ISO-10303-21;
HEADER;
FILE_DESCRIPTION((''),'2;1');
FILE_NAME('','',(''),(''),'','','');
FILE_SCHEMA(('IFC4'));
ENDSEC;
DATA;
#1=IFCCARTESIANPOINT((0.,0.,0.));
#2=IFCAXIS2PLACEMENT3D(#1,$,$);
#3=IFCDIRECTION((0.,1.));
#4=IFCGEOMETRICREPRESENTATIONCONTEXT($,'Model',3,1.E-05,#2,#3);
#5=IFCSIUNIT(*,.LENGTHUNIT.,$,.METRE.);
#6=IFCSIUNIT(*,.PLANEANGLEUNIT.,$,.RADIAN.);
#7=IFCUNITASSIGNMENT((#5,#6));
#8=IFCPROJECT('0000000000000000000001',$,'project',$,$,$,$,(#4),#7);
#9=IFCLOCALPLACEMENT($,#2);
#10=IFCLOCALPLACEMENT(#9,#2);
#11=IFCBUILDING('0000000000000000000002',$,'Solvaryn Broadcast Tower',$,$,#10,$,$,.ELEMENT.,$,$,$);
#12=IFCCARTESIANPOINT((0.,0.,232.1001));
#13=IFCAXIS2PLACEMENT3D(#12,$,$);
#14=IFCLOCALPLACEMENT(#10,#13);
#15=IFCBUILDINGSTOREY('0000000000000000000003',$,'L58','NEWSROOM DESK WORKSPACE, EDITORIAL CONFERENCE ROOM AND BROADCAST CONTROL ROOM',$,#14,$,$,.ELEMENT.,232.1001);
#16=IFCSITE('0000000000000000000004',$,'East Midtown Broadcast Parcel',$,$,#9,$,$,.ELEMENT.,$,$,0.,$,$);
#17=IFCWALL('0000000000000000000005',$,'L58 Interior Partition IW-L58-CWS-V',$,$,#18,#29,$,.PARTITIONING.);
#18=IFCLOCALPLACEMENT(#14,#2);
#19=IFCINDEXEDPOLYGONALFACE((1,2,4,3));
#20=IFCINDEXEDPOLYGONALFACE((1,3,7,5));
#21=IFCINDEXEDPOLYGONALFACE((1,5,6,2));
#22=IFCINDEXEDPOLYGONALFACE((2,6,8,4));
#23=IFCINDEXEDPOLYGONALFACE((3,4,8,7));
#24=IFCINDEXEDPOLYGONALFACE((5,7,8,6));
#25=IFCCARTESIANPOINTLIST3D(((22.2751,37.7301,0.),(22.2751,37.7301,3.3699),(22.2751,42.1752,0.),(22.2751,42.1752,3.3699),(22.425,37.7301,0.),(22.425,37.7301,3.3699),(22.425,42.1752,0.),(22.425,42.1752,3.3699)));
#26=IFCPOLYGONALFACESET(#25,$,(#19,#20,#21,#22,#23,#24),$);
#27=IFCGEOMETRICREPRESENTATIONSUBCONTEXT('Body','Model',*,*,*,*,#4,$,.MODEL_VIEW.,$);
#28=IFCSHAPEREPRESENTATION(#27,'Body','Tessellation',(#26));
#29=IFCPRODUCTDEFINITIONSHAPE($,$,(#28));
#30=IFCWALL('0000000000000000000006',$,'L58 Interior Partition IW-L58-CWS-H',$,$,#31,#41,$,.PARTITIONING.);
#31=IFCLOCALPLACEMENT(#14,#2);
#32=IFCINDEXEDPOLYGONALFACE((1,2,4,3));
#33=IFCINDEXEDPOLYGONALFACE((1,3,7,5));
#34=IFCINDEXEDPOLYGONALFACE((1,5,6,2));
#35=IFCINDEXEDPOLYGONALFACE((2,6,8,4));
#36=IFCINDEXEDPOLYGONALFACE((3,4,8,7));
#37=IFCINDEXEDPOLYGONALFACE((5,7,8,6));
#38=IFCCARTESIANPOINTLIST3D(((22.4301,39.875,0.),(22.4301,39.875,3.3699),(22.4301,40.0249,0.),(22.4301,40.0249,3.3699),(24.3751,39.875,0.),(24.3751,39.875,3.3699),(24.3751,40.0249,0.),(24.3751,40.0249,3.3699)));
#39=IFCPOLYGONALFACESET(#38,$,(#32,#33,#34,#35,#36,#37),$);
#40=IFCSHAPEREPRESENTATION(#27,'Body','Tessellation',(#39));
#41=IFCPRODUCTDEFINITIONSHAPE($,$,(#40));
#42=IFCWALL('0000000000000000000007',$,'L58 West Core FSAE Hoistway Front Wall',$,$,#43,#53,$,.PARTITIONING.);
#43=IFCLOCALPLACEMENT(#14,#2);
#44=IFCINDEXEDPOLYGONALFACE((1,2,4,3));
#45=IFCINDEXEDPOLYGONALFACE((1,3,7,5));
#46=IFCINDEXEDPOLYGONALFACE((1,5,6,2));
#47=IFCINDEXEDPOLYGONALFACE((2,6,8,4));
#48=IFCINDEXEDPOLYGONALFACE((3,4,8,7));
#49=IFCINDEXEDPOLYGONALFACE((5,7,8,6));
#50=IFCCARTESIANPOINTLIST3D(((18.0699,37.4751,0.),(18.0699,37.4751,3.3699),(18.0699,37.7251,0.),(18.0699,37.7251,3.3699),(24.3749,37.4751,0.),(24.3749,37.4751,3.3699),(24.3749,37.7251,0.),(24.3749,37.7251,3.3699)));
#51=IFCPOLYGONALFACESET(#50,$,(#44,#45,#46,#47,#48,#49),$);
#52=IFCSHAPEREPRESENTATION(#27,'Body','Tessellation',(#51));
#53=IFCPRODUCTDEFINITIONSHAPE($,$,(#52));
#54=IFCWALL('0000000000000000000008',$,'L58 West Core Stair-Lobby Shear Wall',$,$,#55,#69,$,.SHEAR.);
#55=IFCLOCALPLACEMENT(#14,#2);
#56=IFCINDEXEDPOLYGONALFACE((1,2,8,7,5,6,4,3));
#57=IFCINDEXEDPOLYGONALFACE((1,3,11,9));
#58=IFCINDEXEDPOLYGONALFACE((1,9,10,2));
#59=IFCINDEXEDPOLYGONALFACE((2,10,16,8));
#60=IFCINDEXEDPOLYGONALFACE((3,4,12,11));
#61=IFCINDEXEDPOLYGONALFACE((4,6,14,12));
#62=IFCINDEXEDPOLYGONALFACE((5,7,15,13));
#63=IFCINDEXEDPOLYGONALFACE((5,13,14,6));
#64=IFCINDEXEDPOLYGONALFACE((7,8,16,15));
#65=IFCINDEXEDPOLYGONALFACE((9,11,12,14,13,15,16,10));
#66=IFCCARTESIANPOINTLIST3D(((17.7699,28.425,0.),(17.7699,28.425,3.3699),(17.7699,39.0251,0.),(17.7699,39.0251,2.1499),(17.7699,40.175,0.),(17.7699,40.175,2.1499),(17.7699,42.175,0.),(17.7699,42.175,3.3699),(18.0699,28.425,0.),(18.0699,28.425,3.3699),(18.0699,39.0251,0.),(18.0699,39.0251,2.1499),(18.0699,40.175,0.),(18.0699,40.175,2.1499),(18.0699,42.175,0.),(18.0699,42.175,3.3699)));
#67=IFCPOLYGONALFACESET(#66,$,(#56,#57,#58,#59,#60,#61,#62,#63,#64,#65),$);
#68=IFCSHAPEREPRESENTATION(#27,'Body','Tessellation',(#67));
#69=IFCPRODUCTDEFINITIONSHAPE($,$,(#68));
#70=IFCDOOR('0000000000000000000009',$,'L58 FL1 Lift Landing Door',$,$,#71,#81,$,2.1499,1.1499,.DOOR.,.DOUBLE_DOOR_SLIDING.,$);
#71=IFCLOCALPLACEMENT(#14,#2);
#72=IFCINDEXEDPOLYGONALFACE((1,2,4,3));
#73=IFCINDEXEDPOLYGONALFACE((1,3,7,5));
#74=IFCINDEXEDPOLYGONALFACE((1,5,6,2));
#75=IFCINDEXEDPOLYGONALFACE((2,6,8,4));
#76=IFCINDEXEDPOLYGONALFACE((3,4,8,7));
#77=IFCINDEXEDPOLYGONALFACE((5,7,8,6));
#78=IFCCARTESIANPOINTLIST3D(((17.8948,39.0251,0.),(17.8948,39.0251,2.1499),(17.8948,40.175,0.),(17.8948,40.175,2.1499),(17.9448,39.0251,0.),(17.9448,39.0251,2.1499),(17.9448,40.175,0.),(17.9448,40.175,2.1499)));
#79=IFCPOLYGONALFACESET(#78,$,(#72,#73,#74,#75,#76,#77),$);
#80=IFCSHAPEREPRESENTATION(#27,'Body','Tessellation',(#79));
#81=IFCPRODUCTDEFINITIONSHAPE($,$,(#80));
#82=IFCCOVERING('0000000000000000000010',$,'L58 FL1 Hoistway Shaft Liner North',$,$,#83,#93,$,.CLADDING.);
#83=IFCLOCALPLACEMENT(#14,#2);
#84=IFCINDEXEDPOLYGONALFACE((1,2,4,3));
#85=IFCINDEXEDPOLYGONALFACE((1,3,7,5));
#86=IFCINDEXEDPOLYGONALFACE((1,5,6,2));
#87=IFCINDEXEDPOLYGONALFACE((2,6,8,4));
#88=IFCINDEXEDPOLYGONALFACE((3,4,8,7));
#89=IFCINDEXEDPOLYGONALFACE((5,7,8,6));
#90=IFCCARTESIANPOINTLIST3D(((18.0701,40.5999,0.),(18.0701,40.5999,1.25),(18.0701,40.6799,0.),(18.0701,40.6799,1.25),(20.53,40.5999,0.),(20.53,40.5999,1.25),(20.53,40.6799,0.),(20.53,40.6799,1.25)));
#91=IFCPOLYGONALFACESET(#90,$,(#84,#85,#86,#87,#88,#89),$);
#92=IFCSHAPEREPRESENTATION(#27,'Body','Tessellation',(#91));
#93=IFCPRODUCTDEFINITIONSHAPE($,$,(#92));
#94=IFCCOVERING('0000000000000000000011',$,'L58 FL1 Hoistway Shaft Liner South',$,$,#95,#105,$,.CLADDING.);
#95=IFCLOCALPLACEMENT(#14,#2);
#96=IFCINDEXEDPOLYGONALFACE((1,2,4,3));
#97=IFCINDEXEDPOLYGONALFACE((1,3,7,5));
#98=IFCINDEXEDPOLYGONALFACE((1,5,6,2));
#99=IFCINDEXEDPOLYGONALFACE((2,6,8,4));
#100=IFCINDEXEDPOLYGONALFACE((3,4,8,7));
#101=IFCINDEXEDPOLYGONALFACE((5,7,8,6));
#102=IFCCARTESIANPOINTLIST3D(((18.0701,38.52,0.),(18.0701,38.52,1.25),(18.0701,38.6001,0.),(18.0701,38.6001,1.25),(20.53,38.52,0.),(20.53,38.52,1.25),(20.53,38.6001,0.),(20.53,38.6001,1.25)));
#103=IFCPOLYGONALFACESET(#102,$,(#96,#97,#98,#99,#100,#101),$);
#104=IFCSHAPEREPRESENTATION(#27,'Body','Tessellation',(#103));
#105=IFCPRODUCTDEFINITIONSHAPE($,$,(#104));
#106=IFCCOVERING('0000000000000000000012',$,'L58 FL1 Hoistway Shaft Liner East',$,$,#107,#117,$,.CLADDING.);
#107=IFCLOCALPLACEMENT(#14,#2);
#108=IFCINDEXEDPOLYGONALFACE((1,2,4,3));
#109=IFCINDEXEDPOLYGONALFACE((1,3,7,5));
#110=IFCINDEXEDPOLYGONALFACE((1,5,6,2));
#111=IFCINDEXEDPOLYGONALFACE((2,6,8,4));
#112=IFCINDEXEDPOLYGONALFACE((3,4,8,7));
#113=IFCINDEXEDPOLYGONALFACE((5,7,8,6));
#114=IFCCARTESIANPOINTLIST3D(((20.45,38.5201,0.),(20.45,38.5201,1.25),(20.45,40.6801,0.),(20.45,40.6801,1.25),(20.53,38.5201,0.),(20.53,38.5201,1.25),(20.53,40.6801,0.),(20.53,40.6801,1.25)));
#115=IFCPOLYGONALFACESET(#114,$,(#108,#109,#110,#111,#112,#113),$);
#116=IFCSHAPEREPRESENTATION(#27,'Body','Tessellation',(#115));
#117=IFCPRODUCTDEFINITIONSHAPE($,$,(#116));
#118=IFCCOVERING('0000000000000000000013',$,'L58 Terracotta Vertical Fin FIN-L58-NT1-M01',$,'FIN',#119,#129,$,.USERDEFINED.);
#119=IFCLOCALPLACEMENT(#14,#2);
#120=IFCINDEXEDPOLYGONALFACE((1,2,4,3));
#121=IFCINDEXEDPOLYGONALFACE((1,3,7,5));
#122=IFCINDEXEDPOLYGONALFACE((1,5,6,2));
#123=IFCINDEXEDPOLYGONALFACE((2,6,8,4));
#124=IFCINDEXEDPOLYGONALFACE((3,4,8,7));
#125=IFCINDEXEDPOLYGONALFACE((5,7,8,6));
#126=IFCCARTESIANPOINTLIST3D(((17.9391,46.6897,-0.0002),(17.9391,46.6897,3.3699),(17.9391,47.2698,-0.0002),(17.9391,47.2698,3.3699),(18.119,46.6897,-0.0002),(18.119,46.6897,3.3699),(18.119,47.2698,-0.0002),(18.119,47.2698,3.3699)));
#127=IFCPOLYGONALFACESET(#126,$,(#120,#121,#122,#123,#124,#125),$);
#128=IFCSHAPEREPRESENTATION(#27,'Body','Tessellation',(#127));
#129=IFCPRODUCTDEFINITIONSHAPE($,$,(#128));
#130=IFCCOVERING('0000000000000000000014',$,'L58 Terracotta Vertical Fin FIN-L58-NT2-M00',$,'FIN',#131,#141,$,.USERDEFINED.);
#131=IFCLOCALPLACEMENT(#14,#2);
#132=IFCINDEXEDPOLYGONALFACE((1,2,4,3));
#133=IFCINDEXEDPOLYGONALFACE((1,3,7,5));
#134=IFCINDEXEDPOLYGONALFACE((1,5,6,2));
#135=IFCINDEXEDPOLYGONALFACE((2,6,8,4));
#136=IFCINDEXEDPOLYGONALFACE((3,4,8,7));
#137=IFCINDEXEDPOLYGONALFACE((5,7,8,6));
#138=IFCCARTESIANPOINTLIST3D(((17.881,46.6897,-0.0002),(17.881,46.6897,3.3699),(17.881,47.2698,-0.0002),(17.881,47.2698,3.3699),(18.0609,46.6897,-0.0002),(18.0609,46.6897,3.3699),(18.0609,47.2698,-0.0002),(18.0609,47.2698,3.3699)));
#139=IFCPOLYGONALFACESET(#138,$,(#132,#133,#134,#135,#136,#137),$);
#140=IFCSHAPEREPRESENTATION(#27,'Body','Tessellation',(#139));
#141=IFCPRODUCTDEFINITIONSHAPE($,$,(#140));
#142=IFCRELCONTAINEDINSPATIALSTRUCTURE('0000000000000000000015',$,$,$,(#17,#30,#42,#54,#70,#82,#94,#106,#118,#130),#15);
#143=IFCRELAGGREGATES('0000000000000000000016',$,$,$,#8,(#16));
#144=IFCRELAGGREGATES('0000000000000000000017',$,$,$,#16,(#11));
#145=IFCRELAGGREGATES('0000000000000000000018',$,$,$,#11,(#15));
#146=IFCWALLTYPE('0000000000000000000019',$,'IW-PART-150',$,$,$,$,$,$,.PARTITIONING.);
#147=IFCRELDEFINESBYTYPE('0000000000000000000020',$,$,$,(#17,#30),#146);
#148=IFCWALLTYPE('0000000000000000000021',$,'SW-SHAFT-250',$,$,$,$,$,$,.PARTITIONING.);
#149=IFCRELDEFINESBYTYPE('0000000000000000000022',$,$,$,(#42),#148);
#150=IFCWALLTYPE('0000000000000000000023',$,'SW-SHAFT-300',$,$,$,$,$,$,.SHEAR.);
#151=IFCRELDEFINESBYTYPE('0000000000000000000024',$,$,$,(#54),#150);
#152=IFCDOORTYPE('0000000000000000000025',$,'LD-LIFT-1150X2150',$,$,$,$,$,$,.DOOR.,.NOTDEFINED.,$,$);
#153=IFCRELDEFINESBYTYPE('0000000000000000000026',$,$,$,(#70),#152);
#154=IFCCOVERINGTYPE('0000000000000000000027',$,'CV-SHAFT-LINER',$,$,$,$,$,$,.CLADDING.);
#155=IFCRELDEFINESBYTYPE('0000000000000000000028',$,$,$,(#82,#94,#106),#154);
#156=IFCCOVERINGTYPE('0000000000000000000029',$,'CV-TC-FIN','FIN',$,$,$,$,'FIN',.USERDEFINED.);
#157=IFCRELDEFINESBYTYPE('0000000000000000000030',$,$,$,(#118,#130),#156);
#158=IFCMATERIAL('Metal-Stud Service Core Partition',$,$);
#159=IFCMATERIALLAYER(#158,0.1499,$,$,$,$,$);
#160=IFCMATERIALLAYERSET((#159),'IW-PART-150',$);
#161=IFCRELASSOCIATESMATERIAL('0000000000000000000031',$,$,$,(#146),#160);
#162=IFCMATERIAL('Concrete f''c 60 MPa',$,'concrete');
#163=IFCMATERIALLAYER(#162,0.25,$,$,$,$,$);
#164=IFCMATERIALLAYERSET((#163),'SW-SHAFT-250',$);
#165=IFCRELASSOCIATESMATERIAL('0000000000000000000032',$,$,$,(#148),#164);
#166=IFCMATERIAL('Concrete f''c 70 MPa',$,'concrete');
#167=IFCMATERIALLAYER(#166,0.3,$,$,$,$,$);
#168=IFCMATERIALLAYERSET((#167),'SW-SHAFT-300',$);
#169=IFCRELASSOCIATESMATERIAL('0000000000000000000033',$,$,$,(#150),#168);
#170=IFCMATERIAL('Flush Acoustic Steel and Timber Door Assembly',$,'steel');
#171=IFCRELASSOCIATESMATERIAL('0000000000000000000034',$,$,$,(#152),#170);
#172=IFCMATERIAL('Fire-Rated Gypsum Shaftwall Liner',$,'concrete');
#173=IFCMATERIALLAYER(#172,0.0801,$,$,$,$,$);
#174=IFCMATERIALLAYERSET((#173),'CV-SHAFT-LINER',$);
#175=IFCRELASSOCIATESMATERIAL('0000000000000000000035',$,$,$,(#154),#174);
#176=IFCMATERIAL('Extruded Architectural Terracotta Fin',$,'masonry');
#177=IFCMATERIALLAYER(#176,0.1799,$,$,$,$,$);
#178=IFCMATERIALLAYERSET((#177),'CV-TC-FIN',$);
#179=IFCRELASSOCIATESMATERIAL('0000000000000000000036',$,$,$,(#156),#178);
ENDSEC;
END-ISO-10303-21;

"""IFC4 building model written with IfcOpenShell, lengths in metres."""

from ifc_helpers import new_model, si_unit, direction, frame, frame_2d, origin, origin_2d, place, context, subcontext, project, spatial, rectangle, extrude, material, layer, layer_set, type_object, element, fill, save


model = new_model("IFC4")

# Units and contexts
model_context = context("Model", 3, precision=1e-05, world=origin(), true_north=direction((0.0, 1.0)))
body_context = subcontext(model_context, "Body", "Model", "MODEL_VIEW")
ifc_project = project(units=[si_unit("LENGTHUNIT", "METRE"), si_unit("PLANEANGLEUNIT", "RADIAN")], contexts=[model_context])

# Site, building, storey
site_placement = place(None, origin())
site = spatial("IfcSite", under=ifc_project, at=site_placement, Name="East Midtown Broadcast Parcel", CompositionType="ELEMENT", RefElevation=0.0)
building_placement = place(site_placement, origin())
building = spatial("IfcBuilding", under=site, at=building_placement, Name="Solvaryn Broadcast Tower", CompositionType="ELEMENT")
storey_placement = place(building_placement, frame((0.0, 0.0, 232.1001)))
storey = spatial("IfcBuildingStorey", under=building, at=storey_placement, Name="L58", Description="NEWSROOM DESK WORKSPACE, EDITORIAL CONFERENCE ROOM AND BROADCAST CONTROL ROOM", CompositionType="ELEMENT", Elevation=232.1001)

# Walls
ifc_material_1 = material(Name="Metal-Stud Service Core Partition")
ifc_layer_1 = layer(ifc_material_1, 0.1499)
ifc_layer_set_1 = layer_set([ifc_layer_1], Name="IW-PART-150")
wall_type_1 = type_object("IfcWallType", Name="IW-PART-150", PredefinedType="PARTITIONING", material=ifc_layer_set_1)
wall_1_placement = place(storey_placement, frame((22.3501, 37.73, 0.0), z_axis=(0.0, 0.0, 1.0), x_axis=(0.0, 1.0, 0.0)))
element("IfcWall", 1, at=wall_1_placement, inside=storey, type_object=wall_type_1, Name="L58 Interior Partition IW-L58-CWS-V", PredefinedType="PARTITIONING", context=body_context, shape_type="SweptSolid", body=[
    extrude(rectangle(XDim=4.4451, YDim=0.1499, at=frame_2d((2.2227, 0.0))), origin(), (0.0, 0.0, 1.0), 3.3699),
])
wall_2_placement = place(storey_placement, frame((22.4299, 39.95, 0.0), z_axis=(0.0, 0.0, 1.0), x_axis=(1.0, 0.0, 0.0)))
element("IfcWall", 2, at=wall_2_placement, inside=storey, type_object=wall_type_1, Name="L58 Interior Partition IW-L58-CWS-H", PredefinedType="PARTITIONING", context=body_context, shape_type="SweptSolid", body=[
    extrude(rectangle(XDim=1.9451, YDim=0.1499, at=frame_2d((0.9727, 0.0))), origin(), (0.0, 0.0, 1.0), 3.3699),
])
ifc_material_2 = material(Name="Concrete f'c 60 MPa", Category="concrete")
ifc_layer_2 = layer(ifc_material_2, 0.25)
ifc_layer_set_2 = layer_set([ifc_layer_2], Name="SW-SHAFT-250")
wall_type_2 = type_object("IfcWallType", Name="SW-SHAFT-250", PredefinedType="PARTITIONING", material=ifc_layer_set_2)
wall_3_placement = place(storey_placement, frame((18.0701, 37.6001, 0.0), z_axis=(0.0, 0.0, 1.0), x_axis=(1.0, 0.0, 0.0)))
element("IfcWall", 3, at=wall_3_placement, inside=storey, type_object=wall_type_2, Name="L58 West Core FSAE Hoistway Front Wall", PredefinedType="PARTITIONING", context=body_context, shape_type="SweptSolid", body=[
    extrude(rectangle(XDim=6.3049, YDim=0.25, at=frame_2d((3.1523, 0.0))), origin(), (0.0, 0.0, 1.0), 3.3699),
])

# Wall, opening, door
ifc_material_3 = material(Name="Concrete f'c 70 MPa", Category="concrete")
ifc_layer_3 = layer(ifc_material_3, 0.3)
ifc_layer_set_3 = layer_set([ifc_layer_3], Name="SW-SHAFT-300")
wall_type_3 = type_object("IfcWallType", Name="SW-SHAFT-300", PredefinedType="SHEAR", material=ifc_layer_set_3)
wall_4_placement = place(storey_placement, frame((17.9199, 42.175, 0.0), z_axis=(0.0, 0.0, 1.0), x_axis=(0.0, -1.0, 0.0)))
wall_4 = element("IfcWall", 4, at=wall_4_placement, inside=storey, type_object=wall_type_3, Name="L58 West Core Stair-Lobby Shear Wall", PredefinedType="SHEAR", context=body_context, shape_type="SweptSolid", body=[
    extrude(rectangle(XDim=13.75, YDim=0.3, at=frame_2d((6.875, 0.0))), origin(), (0.0, 0.0, 1.0), 3.3699),
])
opening_placement = place(wall_4_placement, frame((2.0, 0.0, 0.0)))
opening = element("IfcOpeningElement", 5, at=opening_placement, cuts=wall_4, PredefinedType="OPENING", context=body_context, shape_type="SweptSolid", body=[
    extrude(rectangle(XDim=1.1499, YDim=2.1499, at=frame_2d((0.575, 1.075))), frame((0.0, 0.1599, 0.0), z_axis=(0.0, -1.0, 0.0), x_axis=(1.0, 0.0, 0.0)), (0.0, 0.0, 1.0), 0.3201),
])
ifc_material_4 = material(Name="Flush Acoustic Steel and Timber Door Assembly", Category="steel")
door_type = type_object("IfcDoorType", Name="LD-LIFT-1150X2150", OperationType="NOTDEFINED", PredefinedType="DOOR", material=ifc_material_4)
door_placement = place(opening_placement, origin())
door = element("IfcDoor", 6, at=door_placement, inside=storey, type_object=door_type, Name="L58 FL1 Lift Landing Door", OperationType="DOUBLE_DOOR_SLIDING", OverallHeight=2.1499, OverallWidth=1.1499, PredefinedType="DOOR", context=body_context, shape_type="SweptSolid", body=[
    extrude(rectangle(XDim=1.1499, YDim=2.1499, at=frame_2d((0.575, 1.075))), frame((0.0, 0.0249, 0.0), z_axis=(0.0, -1.0, 0.0), x_axis=(1.0, 0.0, 0.0)), (0.0, 0.0, 1.0), 0.05),
])
fill(opening, door)

# Coverings
ifc_material_5 = material(Name="Fire-Rated Gypsum Shaftwall Liner", Category="concrete")
ifc_layer_4 = layer(ifc_material_5, 0.0801)
ifc_layer_set_4 = layer_set([ifc_layer_4], Name="CV-SHAFT-LINER")
covering_type_1 = type_object("IfcCoveringType", Name="CV-SHAFT-LINER", PredefinedType="CLADDING", material=ifc_layer_set_4)
for number, where, z_axis, x_axis, name in (
    (7, (19.3, 40.6399, 0.0), (0.0, 0.0, 1.0), (1.0, 0.0, 0.0), "L58 FL1 Hoistway Shaft Liner North"),
    (8, (19.3, 38.5601, 0.0), (0.0, 0.0, 1.0), (1.0, 0.0, 0.0), "L58 FL1 Hoistway Shaft Liner South"),
):
    element("IfcCovering", number, at=place(storey_placement, frame(where, z_axis=z_axis, x_axis=x_axis)), inside=storey, type_object=covering_type_1, Name=name, PredefinedType="CLADDING", context=body_context, shape_type="SweptSolid", body=[
        extrude(rectangle(XDim=2.46, YDim=0.0801, at=origin_2d()), origin(), (0.0, 0.0, 1.0), 1.25),
    ])
covering_placement = place(storey_placement, frame((20.49, 39.6001, 0.0), z_axis=(0.0, 0.0, 1.0), x_axis=(1.0, 0.0, 0.0)))
element("IfcCovering", 9, at=covering_placement, inside=storey, type_object=covering_type_1, Name="L58 FL1 Hoistway Shaft Liner East", PredefinedType="CLADDING", context=body_context, shape_type="SweptSolid", body=[
    extrude(rectangle(XDim=0.0801, YDim=2.1599, at=origin_2d()), origin(), (0.0, 0.0, 1.0), 1.25),
])
ifc_material_6 = material(Name="Extruded Architectural Terracotta Fin", Category="masonry")
ifc_layer_5 = layer(ifc_material_6, 0.1799)
ifc_layer_set_5 = layer_set([ifc_layer_5], Name="CV-TC-FIN")
covering_type_2 = type_object("IfcCoveringType", Name="CV-TC-FIN", Description="FIN", ElementType="FIN", PredefinedType="USERDEFINED", material=ifc_layer_set_5)
for number, where, z_axis, x_axis, name in (
    (10, (18.0291, 46.9797, -0.0002), (0.0, 0.0, 1.0), (1.0, 0.0, 0.0), "L58 Terracotta Vertical Fin FIN-L58-NT1-M01"),
    (11, (17.9709, 46.9797, -0.0002), (0.0, 0.0, 1.0), (1.0, 0.0, 0.0), "L58 Terracotta Vertical Fin FIN-L58-NT2-M00"),
):
    element("IfcCovering", number, at=place(storey_placement, frame(where, z_axis=z_axis, x_axis=x_axis)), inside=storey, type_object=covering_type_2, Name=name, ObjectType="FIN", PredefinedType="USERDEFINED", context=body_context, shape_type="SweptSolid", body=[
        extrude(rectangle(XDim=0.1799, YDim=0.5801, at=origin_2d()), origin(), (0.0, 0.0, 1.0), 3.3701),
    ])

save(model, "model.ifc")
